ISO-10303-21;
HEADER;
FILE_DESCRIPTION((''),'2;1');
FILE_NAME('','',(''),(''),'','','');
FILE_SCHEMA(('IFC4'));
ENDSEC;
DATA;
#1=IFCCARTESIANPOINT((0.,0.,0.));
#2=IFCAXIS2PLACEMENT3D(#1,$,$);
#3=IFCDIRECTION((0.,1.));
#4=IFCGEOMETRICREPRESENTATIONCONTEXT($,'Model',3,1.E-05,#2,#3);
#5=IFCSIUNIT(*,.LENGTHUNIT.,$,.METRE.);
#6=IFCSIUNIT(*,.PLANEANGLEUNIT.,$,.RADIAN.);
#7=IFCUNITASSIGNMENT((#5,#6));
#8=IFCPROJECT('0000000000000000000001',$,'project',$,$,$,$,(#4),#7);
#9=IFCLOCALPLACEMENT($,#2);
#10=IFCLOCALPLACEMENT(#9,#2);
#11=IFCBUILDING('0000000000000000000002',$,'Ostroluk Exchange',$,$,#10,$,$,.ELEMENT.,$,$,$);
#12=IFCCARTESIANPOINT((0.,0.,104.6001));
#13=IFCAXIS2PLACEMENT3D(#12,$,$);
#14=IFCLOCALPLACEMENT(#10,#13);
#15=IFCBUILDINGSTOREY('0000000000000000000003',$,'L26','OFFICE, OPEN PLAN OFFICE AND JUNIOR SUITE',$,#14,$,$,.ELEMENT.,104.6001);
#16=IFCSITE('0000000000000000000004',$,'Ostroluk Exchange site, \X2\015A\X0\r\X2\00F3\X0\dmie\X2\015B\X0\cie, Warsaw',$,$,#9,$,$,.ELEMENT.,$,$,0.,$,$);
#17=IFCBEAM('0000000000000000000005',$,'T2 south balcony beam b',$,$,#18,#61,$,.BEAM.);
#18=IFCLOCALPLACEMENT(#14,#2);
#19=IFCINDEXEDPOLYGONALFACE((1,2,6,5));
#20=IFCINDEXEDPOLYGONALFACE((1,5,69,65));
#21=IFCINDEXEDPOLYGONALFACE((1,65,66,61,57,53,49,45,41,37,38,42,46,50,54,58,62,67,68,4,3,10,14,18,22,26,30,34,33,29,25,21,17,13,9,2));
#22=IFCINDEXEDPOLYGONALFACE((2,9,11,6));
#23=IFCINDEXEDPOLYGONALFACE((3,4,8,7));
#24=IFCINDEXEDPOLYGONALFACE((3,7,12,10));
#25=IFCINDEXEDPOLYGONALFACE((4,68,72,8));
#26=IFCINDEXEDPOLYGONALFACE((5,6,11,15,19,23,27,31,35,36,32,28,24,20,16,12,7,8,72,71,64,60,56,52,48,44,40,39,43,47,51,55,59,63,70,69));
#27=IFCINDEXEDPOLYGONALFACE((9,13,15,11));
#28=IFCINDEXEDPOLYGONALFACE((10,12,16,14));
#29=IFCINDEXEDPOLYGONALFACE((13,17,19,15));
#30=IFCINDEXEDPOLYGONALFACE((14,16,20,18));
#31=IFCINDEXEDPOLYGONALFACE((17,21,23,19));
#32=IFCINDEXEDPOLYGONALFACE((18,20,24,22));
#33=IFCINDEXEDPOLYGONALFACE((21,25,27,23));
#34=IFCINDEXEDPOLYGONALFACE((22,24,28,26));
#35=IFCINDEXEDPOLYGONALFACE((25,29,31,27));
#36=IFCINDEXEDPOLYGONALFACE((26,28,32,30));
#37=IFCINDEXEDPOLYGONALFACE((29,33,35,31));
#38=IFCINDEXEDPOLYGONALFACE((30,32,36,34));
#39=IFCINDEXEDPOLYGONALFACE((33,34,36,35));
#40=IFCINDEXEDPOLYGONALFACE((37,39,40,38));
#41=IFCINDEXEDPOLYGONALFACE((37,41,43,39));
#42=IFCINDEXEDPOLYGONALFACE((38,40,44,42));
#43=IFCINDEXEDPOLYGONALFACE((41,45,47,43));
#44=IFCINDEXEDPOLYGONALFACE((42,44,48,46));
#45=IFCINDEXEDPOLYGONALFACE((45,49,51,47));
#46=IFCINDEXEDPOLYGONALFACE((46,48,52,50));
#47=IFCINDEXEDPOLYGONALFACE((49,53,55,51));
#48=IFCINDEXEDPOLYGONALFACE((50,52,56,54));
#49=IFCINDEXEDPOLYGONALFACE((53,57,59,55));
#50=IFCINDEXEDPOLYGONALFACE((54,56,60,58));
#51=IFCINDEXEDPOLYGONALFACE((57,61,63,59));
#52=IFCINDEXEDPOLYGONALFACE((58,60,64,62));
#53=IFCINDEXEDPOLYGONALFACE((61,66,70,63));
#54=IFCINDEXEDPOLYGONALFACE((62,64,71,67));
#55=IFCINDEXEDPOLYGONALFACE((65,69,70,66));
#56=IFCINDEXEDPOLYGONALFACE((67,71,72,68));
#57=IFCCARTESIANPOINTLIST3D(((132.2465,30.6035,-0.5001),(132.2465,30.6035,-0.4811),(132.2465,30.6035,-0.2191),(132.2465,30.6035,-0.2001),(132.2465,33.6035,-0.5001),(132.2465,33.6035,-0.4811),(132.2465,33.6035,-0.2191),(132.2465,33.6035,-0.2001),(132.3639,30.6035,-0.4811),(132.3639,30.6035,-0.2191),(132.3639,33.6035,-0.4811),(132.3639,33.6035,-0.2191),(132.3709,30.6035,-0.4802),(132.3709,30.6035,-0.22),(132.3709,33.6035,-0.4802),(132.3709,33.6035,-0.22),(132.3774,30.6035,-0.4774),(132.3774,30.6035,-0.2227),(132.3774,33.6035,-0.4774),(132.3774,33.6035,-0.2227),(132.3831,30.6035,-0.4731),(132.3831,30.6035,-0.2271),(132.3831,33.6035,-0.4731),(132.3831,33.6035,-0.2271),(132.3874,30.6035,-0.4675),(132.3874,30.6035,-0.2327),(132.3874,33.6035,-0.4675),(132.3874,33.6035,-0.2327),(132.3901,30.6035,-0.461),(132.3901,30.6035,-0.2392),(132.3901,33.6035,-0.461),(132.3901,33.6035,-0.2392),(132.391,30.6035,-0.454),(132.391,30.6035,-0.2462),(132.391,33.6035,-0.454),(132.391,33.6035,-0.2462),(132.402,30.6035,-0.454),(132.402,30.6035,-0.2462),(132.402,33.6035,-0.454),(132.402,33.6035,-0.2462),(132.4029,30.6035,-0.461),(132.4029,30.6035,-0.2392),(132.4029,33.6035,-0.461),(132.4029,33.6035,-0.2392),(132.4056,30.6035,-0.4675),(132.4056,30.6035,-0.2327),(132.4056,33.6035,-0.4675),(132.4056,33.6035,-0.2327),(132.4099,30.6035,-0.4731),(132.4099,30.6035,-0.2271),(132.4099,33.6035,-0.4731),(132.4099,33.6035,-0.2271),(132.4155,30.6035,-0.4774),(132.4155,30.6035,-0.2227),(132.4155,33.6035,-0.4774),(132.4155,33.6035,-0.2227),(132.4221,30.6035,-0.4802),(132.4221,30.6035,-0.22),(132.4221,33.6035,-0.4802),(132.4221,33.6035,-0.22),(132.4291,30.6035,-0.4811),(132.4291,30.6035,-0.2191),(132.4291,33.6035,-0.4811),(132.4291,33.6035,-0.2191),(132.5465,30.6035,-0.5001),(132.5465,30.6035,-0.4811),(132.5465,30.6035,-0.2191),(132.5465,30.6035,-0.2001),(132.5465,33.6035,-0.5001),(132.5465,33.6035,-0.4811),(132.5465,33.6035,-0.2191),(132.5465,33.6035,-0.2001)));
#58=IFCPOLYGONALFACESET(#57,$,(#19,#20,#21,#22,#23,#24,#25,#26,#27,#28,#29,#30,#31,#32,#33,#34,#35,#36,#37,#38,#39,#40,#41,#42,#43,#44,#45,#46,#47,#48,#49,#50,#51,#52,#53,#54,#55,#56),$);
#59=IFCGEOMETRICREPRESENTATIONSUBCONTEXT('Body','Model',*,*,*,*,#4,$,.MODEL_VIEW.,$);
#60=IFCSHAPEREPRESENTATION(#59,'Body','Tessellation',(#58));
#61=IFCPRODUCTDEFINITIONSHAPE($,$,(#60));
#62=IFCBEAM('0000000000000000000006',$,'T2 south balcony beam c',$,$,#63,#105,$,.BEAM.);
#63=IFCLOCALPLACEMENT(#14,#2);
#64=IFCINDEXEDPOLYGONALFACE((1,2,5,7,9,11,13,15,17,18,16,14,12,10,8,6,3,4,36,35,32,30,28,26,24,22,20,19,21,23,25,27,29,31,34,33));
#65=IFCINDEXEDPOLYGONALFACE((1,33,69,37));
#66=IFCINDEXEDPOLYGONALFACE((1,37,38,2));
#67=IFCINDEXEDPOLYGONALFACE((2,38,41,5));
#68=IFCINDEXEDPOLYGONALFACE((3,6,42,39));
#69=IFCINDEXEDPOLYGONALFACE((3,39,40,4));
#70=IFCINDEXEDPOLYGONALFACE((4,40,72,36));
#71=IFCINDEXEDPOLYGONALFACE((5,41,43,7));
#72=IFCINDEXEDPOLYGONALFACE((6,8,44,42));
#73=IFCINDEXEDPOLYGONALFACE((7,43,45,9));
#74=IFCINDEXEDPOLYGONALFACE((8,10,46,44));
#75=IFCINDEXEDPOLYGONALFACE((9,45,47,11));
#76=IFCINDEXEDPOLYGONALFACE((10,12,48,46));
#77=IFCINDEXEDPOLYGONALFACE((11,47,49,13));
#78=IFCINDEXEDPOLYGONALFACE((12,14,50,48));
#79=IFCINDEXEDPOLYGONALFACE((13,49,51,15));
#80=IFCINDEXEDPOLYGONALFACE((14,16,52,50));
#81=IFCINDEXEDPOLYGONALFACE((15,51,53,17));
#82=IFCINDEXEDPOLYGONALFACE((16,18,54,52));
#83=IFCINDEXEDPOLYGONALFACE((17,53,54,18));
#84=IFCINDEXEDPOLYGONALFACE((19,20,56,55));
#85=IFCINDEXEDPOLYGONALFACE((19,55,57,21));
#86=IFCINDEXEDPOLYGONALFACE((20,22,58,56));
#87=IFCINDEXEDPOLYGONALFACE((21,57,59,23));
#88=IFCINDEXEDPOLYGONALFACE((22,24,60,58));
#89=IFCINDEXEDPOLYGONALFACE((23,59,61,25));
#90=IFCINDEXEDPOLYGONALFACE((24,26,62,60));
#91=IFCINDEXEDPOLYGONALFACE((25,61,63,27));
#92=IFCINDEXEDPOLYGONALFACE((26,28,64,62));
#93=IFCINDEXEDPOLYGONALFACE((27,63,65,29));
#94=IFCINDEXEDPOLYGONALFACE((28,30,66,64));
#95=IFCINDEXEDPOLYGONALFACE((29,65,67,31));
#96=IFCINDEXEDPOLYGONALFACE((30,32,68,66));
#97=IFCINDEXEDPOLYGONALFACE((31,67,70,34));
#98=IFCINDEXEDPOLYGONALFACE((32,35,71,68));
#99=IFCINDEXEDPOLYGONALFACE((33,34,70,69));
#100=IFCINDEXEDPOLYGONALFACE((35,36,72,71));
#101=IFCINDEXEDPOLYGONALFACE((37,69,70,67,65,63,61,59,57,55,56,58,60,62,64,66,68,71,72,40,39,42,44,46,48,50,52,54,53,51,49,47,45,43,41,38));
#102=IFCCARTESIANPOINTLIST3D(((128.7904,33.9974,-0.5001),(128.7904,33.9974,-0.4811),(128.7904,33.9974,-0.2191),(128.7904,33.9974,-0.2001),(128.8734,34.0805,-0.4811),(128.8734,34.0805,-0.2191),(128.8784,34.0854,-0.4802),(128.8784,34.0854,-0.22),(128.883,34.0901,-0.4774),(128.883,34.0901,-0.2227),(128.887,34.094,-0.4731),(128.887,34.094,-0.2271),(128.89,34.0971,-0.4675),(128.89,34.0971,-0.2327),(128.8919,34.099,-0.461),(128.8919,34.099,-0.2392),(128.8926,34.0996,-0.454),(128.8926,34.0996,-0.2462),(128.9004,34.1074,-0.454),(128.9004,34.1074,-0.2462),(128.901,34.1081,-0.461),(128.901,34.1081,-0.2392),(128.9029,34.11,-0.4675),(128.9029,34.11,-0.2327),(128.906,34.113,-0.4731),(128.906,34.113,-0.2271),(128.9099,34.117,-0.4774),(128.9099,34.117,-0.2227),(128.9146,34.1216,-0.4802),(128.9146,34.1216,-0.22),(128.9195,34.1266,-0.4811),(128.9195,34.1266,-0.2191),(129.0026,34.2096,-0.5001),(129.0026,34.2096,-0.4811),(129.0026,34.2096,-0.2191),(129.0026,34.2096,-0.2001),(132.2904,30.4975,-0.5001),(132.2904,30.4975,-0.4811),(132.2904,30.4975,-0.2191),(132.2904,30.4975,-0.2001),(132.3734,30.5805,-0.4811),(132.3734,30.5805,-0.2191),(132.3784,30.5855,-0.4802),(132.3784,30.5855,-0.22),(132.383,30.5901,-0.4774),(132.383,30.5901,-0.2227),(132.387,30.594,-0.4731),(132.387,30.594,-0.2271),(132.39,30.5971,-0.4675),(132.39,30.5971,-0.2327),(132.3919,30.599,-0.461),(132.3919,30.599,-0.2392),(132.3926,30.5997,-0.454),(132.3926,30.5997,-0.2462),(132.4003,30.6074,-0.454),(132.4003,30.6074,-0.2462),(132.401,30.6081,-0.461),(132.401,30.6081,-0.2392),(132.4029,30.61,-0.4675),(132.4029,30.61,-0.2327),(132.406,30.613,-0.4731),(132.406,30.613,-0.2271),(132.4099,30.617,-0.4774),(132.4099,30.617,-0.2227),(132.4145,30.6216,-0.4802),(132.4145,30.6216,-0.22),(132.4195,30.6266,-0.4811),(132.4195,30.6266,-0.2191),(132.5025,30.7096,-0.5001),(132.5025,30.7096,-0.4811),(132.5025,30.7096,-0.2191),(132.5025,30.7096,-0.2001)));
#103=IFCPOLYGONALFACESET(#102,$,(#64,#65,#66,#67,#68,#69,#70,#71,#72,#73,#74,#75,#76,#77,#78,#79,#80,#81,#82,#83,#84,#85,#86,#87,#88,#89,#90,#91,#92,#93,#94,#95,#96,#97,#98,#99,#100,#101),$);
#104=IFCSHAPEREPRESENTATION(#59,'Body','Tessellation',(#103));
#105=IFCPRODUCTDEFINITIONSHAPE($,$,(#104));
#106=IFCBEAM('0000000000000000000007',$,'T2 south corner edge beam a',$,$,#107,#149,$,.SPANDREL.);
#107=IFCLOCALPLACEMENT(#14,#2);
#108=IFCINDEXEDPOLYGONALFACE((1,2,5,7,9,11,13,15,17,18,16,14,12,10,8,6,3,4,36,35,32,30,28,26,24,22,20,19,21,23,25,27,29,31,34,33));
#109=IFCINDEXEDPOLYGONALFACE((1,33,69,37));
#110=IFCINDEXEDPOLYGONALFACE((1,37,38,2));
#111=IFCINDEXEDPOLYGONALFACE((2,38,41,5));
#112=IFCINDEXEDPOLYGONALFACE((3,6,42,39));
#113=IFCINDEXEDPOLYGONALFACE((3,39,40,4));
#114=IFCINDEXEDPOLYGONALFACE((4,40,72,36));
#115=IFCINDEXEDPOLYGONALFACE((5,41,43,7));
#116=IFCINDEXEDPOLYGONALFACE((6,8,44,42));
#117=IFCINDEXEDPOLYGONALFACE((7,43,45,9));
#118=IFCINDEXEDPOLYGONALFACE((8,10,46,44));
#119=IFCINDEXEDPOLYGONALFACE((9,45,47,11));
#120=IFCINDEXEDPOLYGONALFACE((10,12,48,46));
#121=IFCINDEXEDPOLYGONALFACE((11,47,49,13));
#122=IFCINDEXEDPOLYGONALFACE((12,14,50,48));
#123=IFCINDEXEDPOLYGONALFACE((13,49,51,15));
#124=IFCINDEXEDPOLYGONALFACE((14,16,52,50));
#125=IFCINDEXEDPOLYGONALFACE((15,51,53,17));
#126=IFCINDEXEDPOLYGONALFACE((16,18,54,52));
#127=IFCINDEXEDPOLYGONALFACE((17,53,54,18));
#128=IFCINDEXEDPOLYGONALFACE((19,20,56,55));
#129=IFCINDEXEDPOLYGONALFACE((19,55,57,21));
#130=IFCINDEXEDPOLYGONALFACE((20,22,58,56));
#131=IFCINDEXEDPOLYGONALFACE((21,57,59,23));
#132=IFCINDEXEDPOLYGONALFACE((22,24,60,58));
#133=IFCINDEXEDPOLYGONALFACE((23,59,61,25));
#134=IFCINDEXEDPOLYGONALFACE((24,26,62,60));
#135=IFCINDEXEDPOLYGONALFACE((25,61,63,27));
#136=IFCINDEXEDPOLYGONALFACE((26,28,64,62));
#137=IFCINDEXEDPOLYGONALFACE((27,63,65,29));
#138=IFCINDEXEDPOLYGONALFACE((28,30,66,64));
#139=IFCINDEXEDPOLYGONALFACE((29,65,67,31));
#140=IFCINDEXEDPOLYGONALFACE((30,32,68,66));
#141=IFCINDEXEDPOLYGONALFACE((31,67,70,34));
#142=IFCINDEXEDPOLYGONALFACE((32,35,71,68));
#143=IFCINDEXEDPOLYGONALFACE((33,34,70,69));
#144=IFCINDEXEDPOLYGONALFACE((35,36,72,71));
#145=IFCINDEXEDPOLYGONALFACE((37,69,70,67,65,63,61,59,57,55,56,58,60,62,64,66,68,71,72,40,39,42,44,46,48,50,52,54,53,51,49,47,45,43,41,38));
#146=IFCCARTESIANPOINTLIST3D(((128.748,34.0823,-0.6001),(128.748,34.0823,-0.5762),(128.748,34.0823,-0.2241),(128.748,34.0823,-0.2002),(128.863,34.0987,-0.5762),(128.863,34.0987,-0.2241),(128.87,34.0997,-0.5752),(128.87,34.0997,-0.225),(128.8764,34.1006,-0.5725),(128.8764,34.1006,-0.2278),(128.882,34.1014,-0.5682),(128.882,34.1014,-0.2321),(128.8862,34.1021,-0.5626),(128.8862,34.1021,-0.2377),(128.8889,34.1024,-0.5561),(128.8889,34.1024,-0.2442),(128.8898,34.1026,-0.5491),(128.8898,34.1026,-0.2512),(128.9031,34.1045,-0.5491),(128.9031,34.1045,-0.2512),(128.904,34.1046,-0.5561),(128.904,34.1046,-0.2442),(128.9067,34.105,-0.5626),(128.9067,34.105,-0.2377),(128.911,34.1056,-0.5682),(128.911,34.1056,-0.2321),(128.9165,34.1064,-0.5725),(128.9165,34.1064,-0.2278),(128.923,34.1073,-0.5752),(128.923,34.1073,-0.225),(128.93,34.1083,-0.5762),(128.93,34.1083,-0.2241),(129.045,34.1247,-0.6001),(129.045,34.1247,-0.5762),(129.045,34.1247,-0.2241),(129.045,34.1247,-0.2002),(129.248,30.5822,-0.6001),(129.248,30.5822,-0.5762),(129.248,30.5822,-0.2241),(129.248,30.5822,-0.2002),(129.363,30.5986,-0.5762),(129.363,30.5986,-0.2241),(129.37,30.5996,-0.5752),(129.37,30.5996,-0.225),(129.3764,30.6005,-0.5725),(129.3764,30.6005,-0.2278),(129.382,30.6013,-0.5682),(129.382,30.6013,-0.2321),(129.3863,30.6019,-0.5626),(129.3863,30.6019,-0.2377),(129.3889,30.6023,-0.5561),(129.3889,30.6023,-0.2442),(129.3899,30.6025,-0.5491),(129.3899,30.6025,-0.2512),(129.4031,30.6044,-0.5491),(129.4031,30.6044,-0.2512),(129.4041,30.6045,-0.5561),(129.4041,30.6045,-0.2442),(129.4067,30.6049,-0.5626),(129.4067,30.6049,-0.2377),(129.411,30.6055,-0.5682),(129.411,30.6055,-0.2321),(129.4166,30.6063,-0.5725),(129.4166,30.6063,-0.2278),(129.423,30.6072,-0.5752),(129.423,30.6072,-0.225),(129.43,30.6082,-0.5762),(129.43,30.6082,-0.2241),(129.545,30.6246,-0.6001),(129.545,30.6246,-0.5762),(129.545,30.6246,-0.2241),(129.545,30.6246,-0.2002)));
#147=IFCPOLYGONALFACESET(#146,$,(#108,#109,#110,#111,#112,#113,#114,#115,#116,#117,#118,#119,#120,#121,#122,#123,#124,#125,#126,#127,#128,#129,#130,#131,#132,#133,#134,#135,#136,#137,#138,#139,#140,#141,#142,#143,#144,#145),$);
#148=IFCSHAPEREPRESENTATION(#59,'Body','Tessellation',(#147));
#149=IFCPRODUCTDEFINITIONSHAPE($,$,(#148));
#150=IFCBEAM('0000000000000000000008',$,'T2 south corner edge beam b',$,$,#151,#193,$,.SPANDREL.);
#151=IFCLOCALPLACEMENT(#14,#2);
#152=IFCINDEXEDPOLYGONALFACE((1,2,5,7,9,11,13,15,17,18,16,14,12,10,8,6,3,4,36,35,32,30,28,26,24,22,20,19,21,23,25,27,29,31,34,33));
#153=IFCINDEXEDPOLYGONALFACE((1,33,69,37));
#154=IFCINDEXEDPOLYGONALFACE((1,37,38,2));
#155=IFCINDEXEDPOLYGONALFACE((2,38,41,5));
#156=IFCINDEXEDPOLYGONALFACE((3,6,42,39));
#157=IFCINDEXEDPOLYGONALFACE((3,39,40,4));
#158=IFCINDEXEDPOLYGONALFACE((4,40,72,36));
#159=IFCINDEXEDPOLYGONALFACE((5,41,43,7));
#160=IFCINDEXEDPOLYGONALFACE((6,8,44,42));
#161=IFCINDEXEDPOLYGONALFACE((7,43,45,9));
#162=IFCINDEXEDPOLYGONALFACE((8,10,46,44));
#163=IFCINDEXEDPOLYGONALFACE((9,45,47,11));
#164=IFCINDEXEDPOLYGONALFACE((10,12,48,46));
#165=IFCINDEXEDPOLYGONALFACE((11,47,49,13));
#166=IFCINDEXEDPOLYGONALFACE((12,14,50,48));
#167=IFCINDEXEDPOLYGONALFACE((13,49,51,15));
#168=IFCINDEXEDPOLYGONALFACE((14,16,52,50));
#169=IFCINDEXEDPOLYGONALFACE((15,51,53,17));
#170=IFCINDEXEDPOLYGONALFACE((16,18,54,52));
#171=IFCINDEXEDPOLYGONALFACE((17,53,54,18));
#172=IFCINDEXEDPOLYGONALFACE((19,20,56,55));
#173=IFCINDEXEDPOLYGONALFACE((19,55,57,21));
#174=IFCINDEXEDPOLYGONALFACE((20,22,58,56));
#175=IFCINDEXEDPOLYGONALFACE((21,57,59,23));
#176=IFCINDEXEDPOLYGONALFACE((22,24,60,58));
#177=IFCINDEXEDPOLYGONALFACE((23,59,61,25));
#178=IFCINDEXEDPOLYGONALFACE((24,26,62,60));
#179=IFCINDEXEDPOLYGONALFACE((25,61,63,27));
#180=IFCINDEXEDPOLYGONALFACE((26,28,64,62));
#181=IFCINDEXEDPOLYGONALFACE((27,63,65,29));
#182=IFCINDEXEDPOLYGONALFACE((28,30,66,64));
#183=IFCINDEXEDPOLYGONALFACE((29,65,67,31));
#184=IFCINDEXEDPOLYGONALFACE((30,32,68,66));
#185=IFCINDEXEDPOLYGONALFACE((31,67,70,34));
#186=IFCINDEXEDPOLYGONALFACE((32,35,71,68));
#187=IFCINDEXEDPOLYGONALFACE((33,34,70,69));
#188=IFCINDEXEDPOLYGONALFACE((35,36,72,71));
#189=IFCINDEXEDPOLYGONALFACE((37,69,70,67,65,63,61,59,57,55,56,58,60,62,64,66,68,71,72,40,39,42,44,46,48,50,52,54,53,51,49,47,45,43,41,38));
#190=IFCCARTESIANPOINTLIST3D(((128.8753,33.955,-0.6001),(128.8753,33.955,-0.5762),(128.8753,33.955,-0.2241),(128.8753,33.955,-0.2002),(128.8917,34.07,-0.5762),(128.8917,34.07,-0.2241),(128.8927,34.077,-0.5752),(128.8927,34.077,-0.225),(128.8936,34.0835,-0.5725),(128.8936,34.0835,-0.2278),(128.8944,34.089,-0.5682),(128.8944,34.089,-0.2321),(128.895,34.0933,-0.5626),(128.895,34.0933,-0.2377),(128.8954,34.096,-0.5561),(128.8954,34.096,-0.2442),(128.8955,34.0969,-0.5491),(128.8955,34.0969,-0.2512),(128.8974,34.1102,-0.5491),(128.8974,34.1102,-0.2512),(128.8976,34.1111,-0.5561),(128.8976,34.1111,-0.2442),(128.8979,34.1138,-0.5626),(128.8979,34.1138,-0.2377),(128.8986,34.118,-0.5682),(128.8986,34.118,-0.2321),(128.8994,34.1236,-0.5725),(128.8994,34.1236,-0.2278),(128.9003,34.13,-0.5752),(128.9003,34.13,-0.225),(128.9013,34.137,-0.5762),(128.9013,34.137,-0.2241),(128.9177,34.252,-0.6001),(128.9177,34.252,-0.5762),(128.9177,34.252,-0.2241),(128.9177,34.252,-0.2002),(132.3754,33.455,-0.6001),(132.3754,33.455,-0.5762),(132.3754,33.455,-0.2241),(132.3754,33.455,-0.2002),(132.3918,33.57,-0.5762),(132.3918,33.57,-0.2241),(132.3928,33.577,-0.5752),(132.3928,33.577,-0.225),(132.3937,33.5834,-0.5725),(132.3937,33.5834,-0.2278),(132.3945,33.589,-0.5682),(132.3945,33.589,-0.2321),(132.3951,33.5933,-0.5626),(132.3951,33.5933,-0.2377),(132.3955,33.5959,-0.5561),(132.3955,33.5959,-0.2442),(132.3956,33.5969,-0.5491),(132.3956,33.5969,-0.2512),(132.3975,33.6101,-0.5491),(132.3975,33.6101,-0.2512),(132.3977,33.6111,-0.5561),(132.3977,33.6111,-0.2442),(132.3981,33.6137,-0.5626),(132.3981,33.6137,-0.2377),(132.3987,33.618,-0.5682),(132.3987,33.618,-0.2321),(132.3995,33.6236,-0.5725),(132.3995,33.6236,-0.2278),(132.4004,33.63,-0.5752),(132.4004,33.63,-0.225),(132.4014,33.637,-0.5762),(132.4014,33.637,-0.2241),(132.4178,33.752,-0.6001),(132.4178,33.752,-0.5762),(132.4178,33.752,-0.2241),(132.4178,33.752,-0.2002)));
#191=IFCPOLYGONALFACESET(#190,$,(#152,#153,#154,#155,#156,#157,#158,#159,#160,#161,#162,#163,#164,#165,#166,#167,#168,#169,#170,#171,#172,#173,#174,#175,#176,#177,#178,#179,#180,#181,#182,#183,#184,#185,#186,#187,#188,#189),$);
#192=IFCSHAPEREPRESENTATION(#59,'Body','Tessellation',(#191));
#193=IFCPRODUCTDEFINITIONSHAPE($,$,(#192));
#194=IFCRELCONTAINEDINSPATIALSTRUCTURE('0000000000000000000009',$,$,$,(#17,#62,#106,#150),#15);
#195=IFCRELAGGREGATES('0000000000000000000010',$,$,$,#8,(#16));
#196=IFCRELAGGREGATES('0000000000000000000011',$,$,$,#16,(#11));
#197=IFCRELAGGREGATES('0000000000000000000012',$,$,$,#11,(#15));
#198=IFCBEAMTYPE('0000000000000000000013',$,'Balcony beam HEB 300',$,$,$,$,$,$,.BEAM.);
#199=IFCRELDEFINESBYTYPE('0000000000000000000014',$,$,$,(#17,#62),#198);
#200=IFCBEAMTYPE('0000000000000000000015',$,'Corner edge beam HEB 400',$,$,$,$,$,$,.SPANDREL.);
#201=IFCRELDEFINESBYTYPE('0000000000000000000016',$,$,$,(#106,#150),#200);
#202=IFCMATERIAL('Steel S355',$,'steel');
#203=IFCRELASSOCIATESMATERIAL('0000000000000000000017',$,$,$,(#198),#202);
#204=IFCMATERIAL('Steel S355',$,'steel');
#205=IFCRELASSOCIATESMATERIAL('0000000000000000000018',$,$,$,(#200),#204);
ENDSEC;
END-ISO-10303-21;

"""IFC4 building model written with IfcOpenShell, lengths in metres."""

from ifc_helpers import new_model, si_unit, direction, frame, origin, origin_2d, place, context, subcontext, project, spatial, i_section, extrude, material, material_profile, profile_set, type_object, element, save


model = new_model("IFC4")

# Units and contexts
model_context = context("Model", 3, precision=1e-05, world=origin(), true_north=direction((0.0, 1.0)))
body_context = subcontext(model_context, "Body", "Model", "MODEL_VIEW")
ifc_project = project(units=[si_unit("LENGTHUNIT", "METRE"), si_unit("PLANEANGLEUNIT", "RADIAN")], contexts=[model_context])

# Site, building, storey
site_placement = place(None, origin())
site = spatial("IfcSite", under=ifc_project, at=site_placement, Name="Ostroluk Exchange site, Śródmieście, Warsaw", CompositionType="ELEMENT", RefElevation=0.0)
building_placement = place(site_placement, origin())
building = spatial("IfcBuilding", under=site, at=building_placement, Name="Ostroluk Exchange", CompositionType="ELEMENT")
storey_placement = place(building_placement, frame((0.0, 0.0, 104.6001)))
storey = spatial("IfcBuildingStorey", under=building, at=storey_placement, Name="L26", Description="OFFICE, OPEN PLAN OFFICE AND JUNIOR SUITE", CompositionType="ELEMENT", Elevation=104.6001)

# Beams
ifc_material_1 = material(Name="Steel S355", Category="steel")
ifc_material_profile_1 = material_profile(ifc_material_1, i_section(OverallWidth=0.3, OverallDepth=0.3, WebThickness=0.011, FlangeThickness=0.019, FilletRadius=0.0271, at=origin_2d()), Name="HEB 300")
ifc_profile_set_1 = profile_set([ifc_material_profile_1], Name="Steel S355")
beam_type_1 = type_object("IfcBeamType", Name="Balcony beam HEB 300", PredefinedType="BEAM", material=ifc_profile_set_1)
for number, where, z_axis, x_axis, name in (
    (1, (132.3965, 33.6035, -0.3501), (0.0, -1.0, 0.0), (1.0, 0.0, 0.0), "T2 south balcony beam b"),
):
    element("IfcBeam", number, at=place(storey_placement, frame(where, z_axis=z_axis, x_axis=x_axis)), inside=storey, type_object=beam_type_1, Name=name, PredefinedType="BEAM", context=body_context, shape_type="SweptSolid", body=[
        extrude(i_section(OverallWidth=0.3, OverallDepth=0.3, WebThickness=0.011, FlangeThickness=0.019, FilletRadius=0.0271, at=origin_2d()), origin(), (0.0, 0.0, 1.0), 3.0),
    ])
beam_1_placement = place(storey_placement, frame((128.8965, 34.1035, -0.3501), z_axis=(0.707107, -0.707107, 0.0), x_axis=(0.707107, 0.707107, 0.0)))
element("IfcBeam", 2, at=beam_1_placement, inside=storey, type_object=beam_type_1, Name="T2 south balcony beam c", PredefinedType="BEAM", context=body_context, shape_type="SweptSolid", body=[
    extrude(i_section(OverallWidth=0.3, OverallDepth=0.3, WebThickness=0.011, FlangeThickness=0.019, FilletRadius=0.0271, at=origin_2d()), origin(), (0.0, 0.0, 1.0), 4.9497),
])
ifc_material_2 = material(Name="Steel S355", Category="steel")
ifc_material_profile_2 = material_profile(ifc_material_2, i_section(OverallWidth=0.3, OverallDepth=0.3999, WebThickness=0.0134, FlangeThickness=0.0239, FilletRadius=0.0271, at=origin_2d()), Name="HEB 400")
ifc_profile_set_2 = profile_set([ifc_material_profile_2], Name="Steel S355")
beam_type_2 = type_object("IfcBeamType", Name="Corner edge beam HEB 400", PredefinedType="SPANDREL", material=ifc_profile_set_2)
for number, where, z_axis, x_axis, name in (
    (3, (128.8965, 34.1035, -0.4001), (0.141421, -0.989949, 0.0), (0.989949, 0.141421, 0.0), "T2 south corner edge beam a"),
    (4, (128.8965, 34.1035, -0.4001), (0.989949, -0.141421, 0.0), (0.141421, 0.989949, 0.0), "T2 south corner edge beam b"),
):
    element("IfcBeam", number, at=place(storey_placement, frame(where, z_axis=z_axis, x_axis=x_axis)), inside=storey, type_object=beam_type_2, Name=name, PredefinedType="SPANDREL", context=body_context, shape_type="SweptSolid", body=[
        extrude(i_section(OverallWidth=0.3, OverallDepth=0.3999, WebThickness=0.0134, FlangeThickness=0.0239, FilletRadius=0.0271, at=origin_2d()), origin(), (0.0, 0.0, 1.0), 3.5356),
    ])

save(model, "model.ifc")
